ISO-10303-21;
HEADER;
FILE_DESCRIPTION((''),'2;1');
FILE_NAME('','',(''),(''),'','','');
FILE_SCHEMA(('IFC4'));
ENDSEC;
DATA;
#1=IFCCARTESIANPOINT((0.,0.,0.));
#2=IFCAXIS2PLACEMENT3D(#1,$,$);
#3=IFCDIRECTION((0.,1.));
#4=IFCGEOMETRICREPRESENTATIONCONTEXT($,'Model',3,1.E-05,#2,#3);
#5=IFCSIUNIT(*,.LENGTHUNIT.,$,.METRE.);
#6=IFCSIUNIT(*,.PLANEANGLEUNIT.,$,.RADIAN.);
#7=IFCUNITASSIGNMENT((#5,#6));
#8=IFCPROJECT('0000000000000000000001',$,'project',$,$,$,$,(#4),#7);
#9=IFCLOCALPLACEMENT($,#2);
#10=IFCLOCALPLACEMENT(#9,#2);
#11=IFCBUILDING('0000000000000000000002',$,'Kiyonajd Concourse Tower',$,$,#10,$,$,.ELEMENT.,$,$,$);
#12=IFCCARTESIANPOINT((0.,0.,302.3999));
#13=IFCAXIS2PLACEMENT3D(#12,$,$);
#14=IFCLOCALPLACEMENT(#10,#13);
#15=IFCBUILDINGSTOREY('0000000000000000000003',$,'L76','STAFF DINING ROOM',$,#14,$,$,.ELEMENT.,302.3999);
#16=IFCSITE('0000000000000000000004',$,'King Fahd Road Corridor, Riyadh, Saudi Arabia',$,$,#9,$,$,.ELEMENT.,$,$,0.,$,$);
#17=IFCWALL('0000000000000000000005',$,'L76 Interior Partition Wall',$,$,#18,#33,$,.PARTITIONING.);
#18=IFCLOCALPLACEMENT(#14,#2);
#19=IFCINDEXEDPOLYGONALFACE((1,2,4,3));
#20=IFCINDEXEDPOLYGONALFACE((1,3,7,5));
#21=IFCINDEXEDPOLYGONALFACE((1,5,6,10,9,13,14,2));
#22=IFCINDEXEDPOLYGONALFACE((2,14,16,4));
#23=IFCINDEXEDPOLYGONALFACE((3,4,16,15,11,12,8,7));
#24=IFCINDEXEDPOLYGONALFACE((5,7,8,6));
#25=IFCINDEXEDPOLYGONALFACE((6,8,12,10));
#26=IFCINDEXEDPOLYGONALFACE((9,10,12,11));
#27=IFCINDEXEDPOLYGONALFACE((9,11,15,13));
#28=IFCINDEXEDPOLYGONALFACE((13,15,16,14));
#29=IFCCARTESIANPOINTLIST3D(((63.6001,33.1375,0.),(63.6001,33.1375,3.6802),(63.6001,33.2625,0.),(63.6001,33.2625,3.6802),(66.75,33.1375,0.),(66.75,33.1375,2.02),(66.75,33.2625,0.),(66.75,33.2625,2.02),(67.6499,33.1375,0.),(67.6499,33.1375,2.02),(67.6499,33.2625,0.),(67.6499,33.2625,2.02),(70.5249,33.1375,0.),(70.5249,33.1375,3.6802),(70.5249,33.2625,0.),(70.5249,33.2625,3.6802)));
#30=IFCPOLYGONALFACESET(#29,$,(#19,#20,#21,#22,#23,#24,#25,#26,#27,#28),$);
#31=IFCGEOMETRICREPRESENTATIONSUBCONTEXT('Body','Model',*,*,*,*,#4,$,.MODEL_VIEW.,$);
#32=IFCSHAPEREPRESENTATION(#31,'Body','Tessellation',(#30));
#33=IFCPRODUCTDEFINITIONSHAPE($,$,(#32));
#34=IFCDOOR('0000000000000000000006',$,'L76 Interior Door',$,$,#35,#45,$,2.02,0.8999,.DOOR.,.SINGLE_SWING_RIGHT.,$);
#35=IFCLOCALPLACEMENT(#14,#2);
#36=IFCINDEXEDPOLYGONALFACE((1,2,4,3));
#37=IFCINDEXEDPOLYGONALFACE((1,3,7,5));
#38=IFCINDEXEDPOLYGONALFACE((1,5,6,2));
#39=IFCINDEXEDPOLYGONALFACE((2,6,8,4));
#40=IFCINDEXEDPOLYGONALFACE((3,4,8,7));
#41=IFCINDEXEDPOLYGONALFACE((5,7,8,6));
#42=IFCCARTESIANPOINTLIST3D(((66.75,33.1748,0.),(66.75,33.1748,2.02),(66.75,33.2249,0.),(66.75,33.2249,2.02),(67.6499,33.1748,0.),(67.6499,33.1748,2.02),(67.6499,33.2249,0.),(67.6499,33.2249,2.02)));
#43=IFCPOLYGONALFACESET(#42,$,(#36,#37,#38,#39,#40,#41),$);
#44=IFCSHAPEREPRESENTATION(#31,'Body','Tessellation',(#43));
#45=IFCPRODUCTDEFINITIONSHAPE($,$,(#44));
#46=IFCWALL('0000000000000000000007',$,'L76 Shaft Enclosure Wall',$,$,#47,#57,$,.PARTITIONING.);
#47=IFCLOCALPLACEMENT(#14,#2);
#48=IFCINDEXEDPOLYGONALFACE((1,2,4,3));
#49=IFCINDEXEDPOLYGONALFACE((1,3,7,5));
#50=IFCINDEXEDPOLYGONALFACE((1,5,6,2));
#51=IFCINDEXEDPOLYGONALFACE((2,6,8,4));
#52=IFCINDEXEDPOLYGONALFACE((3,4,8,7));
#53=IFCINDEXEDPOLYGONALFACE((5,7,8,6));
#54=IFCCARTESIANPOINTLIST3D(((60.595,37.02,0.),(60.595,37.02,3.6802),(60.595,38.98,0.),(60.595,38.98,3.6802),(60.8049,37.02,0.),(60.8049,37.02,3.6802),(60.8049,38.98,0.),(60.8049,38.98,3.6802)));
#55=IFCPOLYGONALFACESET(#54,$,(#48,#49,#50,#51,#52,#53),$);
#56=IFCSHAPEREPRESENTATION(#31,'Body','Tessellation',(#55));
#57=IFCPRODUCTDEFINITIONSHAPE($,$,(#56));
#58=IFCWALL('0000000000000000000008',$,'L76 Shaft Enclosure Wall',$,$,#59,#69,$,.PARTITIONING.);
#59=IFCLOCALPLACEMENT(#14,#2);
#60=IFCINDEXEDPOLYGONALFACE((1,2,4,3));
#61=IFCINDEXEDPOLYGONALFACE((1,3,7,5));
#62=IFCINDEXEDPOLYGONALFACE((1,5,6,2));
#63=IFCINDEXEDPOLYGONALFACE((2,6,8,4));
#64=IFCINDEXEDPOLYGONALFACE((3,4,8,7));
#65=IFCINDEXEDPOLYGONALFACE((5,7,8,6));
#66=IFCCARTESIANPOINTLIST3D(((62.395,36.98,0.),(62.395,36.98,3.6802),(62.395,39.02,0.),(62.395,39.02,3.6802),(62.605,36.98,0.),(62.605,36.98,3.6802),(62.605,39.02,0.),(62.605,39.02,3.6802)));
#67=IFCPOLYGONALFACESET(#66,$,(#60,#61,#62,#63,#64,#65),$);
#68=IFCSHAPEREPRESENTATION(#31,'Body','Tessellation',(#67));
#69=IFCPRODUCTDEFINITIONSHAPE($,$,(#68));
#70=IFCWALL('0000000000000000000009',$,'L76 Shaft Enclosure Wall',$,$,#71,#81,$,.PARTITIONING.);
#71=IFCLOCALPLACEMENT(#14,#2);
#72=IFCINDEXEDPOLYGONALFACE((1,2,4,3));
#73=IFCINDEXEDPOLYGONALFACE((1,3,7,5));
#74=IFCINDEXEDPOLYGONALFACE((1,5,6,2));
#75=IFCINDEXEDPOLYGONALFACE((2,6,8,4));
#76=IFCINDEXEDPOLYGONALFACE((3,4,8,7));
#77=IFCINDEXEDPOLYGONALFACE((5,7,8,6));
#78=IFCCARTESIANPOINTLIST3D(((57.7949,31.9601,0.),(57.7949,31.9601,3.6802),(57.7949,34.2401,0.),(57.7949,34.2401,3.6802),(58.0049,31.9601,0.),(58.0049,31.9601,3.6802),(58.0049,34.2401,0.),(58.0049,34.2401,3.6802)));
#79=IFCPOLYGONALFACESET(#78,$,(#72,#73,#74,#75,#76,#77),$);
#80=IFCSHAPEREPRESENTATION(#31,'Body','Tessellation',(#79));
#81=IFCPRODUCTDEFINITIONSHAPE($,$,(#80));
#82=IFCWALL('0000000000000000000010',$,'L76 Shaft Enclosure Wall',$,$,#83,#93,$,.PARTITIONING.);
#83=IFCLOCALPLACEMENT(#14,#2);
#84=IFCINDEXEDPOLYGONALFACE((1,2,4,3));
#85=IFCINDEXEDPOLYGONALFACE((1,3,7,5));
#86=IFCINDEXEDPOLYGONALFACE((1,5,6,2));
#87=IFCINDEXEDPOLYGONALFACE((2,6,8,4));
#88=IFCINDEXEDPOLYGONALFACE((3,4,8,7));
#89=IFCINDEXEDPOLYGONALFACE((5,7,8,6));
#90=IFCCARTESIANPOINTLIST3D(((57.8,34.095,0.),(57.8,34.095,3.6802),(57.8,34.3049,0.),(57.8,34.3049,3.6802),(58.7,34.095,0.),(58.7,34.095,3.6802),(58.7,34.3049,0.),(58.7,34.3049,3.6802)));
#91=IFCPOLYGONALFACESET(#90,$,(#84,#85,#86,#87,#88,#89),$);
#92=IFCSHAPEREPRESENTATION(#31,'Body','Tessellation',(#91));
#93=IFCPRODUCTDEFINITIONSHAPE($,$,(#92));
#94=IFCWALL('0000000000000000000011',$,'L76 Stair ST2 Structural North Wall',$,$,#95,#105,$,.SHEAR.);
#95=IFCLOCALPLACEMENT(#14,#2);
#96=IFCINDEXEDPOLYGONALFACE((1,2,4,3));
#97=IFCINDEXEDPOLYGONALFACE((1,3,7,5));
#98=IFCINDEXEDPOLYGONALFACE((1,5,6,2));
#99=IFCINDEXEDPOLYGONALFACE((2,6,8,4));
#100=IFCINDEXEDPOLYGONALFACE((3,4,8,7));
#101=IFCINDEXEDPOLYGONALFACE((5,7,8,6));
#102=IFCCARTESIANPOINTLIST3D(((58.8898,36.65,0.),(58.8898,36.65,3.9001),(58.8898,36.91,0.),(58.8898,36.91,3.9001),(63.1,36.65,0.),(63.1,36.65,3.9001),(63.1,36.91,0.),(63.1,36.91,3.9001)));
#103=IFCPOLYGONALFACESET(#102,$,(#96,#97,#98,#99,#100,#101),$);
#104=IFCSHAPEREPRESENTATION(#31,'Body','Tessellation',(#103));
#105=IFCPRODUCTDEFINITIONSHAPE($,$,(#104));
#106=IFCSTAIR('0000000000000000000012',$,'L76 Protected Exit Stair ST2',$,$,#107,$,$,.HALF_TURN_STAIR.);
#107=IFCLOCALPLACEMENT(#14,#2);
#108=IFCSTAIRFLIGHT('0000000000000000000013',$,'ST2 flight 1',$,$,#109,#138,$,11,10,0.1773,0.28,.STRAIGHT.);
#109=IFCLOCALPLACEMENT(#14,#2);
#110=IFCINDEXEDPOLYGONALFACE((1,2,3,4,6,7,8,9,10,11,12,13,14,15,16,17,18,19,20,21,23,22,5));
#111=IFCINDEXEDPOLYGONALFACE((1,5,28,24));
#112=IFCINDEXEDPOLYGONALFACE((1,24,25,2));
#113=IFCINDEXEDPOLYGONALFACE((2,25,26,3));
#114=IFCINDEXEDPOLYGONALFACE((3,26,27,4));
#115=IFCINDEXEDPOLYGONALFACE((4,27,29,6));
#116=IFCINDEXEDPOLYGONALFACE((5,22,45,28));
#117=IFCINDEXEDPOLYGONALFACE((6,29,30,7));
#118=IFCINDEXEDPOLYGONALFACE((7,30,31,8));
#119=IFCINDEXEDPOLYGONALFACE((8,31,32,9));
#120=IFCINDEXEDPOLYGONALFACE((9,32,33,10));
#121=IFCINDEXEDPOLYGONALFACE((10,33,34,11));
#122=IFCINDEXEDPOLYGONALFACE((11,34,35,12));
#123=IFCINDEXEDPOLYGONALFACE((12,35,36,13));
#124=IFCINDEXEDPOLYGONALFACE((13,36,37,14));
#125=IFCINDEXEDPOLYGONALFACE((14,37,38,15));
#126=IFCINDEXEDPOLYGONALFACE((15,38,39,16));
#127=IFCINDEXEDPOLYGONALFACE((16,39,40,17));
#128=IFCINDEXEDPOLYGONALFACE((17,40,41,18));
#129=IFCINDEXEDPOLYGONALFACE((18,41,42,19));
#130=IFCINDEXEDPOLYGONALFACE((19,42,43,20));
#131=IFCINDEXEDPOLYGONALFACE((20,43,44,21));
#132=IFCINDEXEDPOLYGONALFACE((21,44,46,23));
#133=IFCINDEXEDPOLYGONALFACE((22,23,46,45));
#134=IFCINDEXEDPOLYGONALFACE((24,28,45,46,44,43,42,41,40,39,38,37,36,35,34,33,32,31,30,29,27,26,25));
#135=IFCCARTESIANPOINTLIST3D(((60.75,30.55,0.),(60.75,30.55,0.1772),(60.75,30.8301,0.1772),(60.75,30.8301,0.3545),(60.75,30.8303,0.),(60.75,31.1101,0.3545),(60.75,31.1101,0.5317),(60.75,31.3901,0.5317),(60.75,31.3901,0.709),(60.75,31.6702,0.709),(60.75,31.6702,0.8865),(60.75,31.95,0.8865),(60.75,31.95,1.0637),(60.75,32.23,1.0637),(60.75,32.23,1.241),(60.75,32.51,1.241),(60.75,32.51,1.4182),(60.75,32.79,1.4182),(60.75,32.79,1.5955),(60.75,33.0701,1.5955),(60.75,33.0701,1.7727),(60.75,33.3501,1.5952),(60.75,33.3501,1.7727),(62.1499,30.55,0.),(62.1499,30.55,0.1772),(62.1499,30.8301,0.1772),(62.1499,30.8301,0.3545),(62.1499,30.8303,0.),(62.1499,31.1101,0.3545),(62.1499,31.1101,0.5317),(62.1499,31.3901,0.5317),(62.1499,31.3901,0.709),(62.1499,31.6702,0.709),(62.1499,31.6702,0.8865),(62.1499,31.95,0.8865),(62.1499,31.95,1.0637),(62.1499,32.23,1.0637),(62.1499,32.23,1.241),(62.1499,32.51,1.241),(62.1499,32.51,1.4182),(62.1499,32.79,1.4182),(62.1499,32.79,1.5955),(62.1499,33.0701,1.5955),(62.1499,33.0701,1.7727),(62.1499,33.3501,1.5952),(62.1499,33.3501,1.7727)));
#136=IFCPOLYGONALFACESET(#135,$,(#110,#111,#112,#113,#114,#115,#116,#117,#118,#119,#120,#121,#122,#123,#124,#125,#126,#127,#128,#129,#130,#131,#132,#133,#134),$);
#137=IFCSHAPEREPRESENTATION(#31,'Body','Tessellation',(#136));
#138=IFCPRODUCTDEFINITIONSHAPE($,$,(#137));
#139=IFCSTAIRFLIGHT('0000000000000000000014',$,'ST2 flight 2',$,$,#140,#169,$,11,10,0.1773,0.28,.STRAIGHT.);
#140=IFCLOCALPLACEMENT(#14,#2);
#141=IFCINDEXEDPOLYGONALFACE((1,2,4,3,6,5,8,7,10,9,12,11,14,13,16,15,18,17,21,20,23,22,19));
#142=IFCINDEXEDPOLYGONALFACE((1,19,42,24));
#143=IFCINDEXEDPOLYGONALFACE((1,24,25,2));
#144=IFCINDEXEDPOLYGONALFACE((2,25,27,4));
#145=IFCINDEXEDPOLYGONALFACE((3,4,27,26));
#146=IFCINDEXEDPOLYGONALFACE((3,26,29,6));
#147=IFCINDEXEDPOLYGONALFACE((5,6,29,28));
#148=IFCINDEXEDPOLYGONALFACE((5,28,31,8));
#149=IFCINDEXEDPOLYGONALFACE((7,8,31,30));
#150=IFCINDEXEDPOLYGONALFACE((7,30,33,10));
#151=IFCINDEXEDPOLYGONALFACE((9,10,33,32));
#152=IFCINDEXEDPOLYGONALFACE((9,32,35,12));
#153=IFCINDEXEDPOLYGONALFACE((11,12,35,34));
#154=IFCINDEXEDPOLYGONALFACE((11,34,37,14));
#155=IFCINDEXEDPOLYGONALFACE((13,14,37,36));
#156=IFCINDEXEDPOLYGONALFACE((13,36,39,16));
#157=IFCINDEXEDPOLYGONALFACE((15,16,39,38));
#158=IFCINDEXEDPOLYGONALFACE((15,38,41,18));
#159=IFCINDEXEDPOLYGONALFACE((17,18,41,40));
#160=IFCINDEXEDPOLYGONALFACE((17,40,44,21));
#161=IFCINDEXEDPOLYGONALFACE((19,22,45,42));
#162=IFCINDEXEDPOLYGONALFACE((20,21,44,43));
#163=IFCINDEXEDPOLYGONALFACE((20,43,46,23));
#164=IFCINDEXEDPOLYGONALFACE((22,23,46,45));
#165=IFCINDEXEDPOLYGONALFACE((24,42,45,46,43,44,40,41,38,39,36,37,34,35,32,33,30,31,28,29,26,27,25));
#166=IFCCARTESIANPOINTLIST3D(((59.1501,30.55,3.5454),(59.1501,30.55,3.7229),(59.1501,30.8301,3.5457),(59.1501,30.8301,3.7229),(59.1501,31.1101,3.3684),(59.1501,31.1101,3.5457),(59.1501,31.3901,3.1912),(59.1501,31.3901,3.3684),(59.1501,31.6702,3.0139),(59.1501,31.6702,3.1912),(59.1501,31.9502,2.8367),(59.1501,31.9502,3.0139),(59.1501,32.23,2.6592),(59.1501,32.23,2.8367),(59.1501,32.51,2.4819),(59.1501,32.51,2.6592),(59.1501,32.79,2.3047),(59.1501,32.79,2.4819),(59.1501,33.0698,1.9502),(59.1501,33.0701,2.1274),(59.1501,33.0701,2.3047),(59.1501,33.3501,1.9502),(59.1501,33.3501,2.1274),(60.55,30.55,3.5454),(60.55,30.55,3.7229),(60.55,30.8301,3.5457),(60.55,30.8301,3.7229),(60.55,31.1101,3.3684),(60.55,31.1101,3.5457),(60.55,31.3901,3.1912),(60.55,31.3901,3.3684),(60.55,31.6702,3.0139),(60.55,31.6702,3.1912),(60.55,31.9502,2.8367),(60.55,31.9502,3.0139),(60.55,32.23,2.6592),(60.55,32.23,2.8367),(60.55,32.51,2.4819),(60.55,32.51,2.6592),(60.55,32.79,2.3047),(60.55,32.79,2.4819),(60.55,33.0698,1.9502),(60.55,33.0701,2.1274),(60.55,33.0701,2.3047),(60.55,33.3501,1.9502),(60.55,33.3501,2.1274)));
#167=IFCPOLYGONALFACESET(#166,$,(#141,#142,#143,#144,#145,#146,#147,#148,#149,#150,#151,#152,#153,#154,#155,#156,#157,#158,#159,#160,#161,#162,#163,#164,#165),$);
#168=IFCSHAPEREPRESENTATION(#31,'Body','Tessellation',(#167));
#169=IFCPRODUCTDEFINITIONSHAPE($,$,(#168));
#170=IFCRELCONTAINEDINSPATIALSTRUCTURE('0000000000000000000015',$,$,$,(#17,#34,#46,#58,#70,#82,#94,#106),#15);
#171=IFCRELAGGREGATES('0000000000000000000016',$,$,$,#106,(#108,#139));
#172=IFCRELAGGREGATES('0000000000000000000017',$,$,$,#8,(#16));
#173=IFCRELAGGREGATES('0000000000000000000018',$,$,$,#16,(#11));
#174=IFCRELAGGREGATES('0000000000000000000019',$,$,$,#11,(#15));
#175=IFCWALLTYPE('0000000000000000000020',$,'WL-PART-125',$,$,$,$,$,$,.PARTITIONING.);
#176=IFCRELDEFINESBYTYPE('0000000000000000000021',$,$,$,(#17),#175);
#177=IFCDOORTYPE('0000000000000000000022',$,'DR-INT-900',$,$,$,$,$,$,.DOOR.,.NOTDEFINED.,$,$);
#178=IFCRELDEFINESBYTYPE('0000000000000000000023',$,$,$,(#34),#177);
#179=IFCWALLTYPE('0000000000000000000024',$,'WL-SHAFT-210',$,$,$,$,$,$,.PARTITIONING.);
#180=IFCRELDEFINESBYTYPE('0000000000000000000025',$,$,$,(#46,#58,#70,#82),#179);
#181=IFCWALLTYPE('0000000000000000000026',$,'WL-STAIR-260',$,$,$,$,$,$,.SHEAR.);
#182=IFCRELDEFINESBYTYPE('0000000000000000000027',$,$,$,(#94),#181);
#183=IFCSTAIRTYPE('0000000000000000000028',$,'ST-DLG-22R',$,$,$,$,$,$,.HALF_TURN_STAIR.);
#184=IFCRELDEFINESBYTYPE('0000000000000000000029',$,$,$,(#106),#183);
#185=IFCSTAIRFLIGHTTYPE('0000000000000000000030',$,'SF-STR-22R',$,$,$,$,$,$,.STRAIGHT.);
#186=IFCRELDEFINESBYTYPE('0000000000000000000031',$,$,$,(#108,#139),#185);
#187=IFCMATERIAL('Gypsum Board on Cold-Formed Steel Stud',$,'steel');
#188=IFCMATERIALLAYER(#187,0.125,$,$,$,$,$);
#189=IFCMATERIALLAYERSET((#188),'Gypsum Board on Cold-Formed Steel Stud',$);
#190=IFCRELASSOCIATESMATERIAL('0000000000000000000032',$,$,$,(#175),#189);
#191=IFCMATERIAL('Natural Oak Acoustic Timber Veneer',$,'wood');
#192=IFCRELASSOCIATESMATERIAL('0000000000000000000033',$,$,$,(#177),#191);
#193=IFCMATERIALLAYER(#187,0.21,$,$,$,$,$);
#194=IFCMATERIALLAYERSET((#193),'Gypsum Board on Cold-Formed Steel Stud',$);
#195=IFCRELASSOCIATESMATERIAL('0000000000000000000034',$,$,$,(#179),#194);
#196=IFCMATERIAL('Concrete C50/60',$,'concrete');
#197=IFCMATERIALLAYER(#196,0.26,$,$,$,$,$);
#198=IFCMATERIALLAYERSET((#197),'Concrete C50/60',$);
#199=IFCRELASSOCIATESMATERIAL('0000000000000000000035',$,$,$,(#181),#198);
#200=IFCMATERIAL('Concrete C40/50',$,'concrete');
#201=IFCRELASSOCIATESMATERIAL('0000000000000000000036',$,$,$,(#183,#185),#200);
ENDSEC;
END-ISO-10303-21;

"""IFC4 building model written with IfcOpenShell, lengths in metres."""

from ifc_helpers import new_model, si_unit, direction, frame, frame_2d, origin, place, context, subcontext, project, spatial, polyline, rectangle, outline, extrude, material, layer, layer_set, type_object, element, fill, aggregate, save


model = new_model("IFC4")

# Units and contexts
model_context = context("Model", 3, precision=1e-05, world=origin(), true_north=direction((0.0, 1.0)))
body_context = subcontext(model_context, "Body", "Model", "MODEL_VIEW")
ifc_project = project(units=[si_unit("LENGTHUNIT", "METRE"), si_unit("PLANEANGLEUNIT", "RADIAN")], contexts=[model_context])

# Site, building, storey
site_placement = place(None, origin())
site = spatial("IfcSite", under=ifc_project, at=site_placement, Name="King Fahd Road Corridor, Riyadh, Saudi Arabia", CompositionType="ELEMENT", RefElevation=0.0)
building_placement = place(site_placement, origin())
building = spatial("IfcBuilding", under=site, at=building_placement, Name="Kiyonajd Concourse Tower", CompositionType="ELEMENT")
storey_placement = place(building_placement, frame((0.0, 0.0, 302.3999)))
storey = spatial("IfcBuildingStorey", under=building, at=storey_placement, Name="L76", Description="STAFF DINING ROOM", CompositionType="ELEMENT", Elevation=302.3999)

# Shared definitions
ifc_material_1 = material(Name="Concrete C50/60", Category="concrete")

# Wall, opening, door
ifc_material_2 = material(Name="Gypsum Board on Cold-Formed Steel Stud", Category="steel")
ifc_layer_1 = layer(ifc_material_2, 0.125)
ifc_layer_set_1 = layer_set([ifc_layer_1], Name="Gypsum Board on Cold-Formed Steel Stud")
wall_type_1 = type_object("IfcWallType", Name="WL-PART-125", PredefinedType="PARTITIONING", material=ifc_layer_set_1)
wall_1_placement = place(storey_placement, frame((63.6001, 33.2, 0.0), z_axis=(0.0, 0.0, 1.0), x_axis=(1.0, 0.0, 0.0)))
wall_1 = element("IfcWall", 1, at=wall_1_placement, inside=storey, type_object=wall_type_1, Name="L76 Interior Partition Wall", PredefinedType="PARTITIONING", context=body_context, shape_type="SweptSolid", body=[
    extrude(rectangle(XDim=6.9248, YDim=0.125, at=frame_2d((3.4624, 0.0))), origin(), (0.0, 0.0, 1.0), 3.6802),
])
opening_1_placement = place(wall_1_placement, frame((3.1499, 0.0, 0.0)))
opening_1 = element("IfcOpeningElement", 2, at=opening_1_placement, cuts=wall_1, PredefinedType="OPENING", context=body_context, shape_type="SweptSolid", body=[
    extrude(rectangle(XDim=0.8999, YDim=2.02, at=frame_2d((0.45, 1.01))), frame((0.0, 0.0725, 0.0), z_axis=(0.0, -1.0, 0.0), x_axis=(1.0, 0.0, 0.0)), (0.0, 0.0, 1.0), 0.145),
])
ifc_material_3 = material(Name="Natural Oak Acoustic Timber Veneer", Category="wood")
door_type = type_object("IfcDoorType", Name="DR-INT-900", OperationType="NOTDEFINED", PredefinedType="DOOR", material=ifc_material_3)
door_placement = place(opening_1_placement, origin())
door = element("IfcDoor", 3, at=door_placement, inside=storey, type_object=door_type, Name="L76 Interior Door", OperationType="SINGLE_SWING_RIGHT", OverallHeight=2.02, OverallWidth=0.8999, PredefinedType="DOOR", context=body_context, shape_type="SweptSolid", body=[
    extrude(rectangle(XDim=0.8999, YDim=2.02, at=frame_2d((0.45, 1.01))), frame((0.0, 0.0249, 0.0), z_axis=(0.0, -1.0, 0.0), x_axis=(1.0, 0.0, 0.0)), (0.0, 0.0, 1.0), 0.05),
])
fill(opening_1, door)

# Walls
ifc_layer_2 = layer(ifc_material_2, 0.21)
ifc_layer_set_2 = layer_set([ifc_layer_2], Name="Gypsum Board on Cold-Formed Steel Stud")
wall_type_2 = type_object("IfcWallType", Name="WL-SHAFT-210", PredefinedType="PARTITIONING", material=ifc_layer_set_2)
wall_2_placement = place(storey_placement, frame((60.7, 37.02, 0.0), z_axis=(0.0, 0.0, 1.0), x_axis=(0.0, 1.0, 0.0)))
element("IfcWall", 4, at=wall_2_placement, inside=storey, type_object=wall_type_2, Name="L76 Shaft Enclosure Wall", PredefinedType="PARTITIONING", context=body_context, shape_type="SweptSolid", body=[
    extrude(rectangle(XDim=1.96, YDim=0.21, at=frame_2d((0.98, 0.0))), origin(), (0.0, 0.0, 1.0), 3.6802),
])
wall_3_placement = place(storey_placement, frame((62.5, 36.98, 0.0), z_axis=(0.0, 0.0, 1.0), x_axis=(0.0, 1.0, 0.0)))
element("IfcWall", 5, at=wall_3_placement, inside=storey, type_object=wall_type_2, Name="L76 Shaft Enclosure Wall", PredefinedType="PARTITIONING", context=body_context, shape_type="SweptSolid", body=[
    extrude(rectangle(XDim=2.04, YDim=0.21, at=frame_2d((1.02, 0.0))), origin(), (0.0, 0.0, 1.0), 3.6802),
])
wall_4_placement = place(storey_placement, frame((57.8999, 31.96, 0.0), z_axis=(0.0, 0.0, 1.0), x_axis=(0.0, 1.0, 0.0)))
element("IfcWall", 6, at=wall_4_placement, inside=storey, type_object=wall_type_2, Name="L76 Shaft Enclosure Wall", PredefinedType="PARTITIONING", context=body_context, shape_type="SweptSolid", body=[
    extrude(rectangle(XDim=2.28, YDim=0.21, at=frame_2d((1.1401, 0.0))), origin(), (0.0, 0.0, 1.0), 3.6802),
])
wall_5_placement = place(storey_placement, frame((57.8, 34.2, 0.0), z_axis=(0.0, 0.0, 1.0), x_axis=(1.0, 0.0, 0.0)))
element("IfcWall", 7, at=wall_5_placement, inside=storey, type_object=wall_type_2, Name="L76 Shaft Enclosure Wall", PredefinedType="PARTITIONING", context=body_context, shape_type="SweptSolid", body=[
    extrude(rectangle(XDim=0.8999, YDim=0.21, at=frame_2d((0.45, 0.0))), origin(), (0.0, 0.0, 1.0), 3.6802),
])
ifc_layer_3 = layer(ifc_material_1, 0.26)
ifc_layer_set_3 = layer_set([ifc_layer_3], Name="Concrete C50/60")
wall_type_3 = type_object("IfcWallType", Name="WL-STAIR-260", PredefinedType="SHEAR", material=ifc_layer_set_3)
wall_6_placement = place(storey_placement, frame((58.8899, 36.78, 0.0), z_axis=(0.0, 0.0, 1.0), x_axis=(1.0, 0.0, 0.0)))
element("IfcWall", 8, at=wall_6_placement, inside=storey, type_object=wall_type_3, Name="L76 Stair ST2 Structural North Wall", PredefinedType="SHEAR", context=body_context, shape_type="SweptSolid", body=[
    extrude(rectangle(XDim=4.2102, YDim=0.26, at=frame_2d((2.105, 0.0))), origin(), (0.0, 0.0, 1.0), 3.9001),
])

# Stair, stair flights
ifc_material_4 = material(Name="Concrete C40/50", Category="concrete")
stair_type = type_object("IfcStairType", Name="ST-DLG-22R", PredefinedType="HALF_TURN_STAIR", material=ifc_material_4)
stair_placement = place(storey_placement, origin())
stair = element("IfcStair", 9, at=stair_placement, inside=storey, type_object=stair_type, Name="L76 Protected Exit Stair ST2", PredefinedType="HALF_TURN_STAIR")
stair_flight_type = type_object("IfcStairFlightType", Name="SF-STR-22R", PredefinedType="STRAIGHT", material=ifc_material_4)
stair_flight_1_placement = place(storey_placement, frame((61.45, 30.55, 0.0), z_axis=(0.0, 0.0, 1.0), x_axis=(0.0, 1.0, 0.0)))
stair_flight_1 = element("IfcStairFlight", 10, at=stair_flight_1_placement, type_object=stair_flight_type, Name="ST2 flight 1", NumberOfRisers=11, NumberOfTreads=10, PredefinedType="STRAIGHT", RiserHeight=0.1773, TreadLength=0.28, context=body_context, shape_type="SweptSolid", body=[
    extrude(outline(polyline([(0.0, 0.0), (0.0, 0.1772), (0.28, 0.1772), (0.28, 0.3545), (0.5601, 0.3545), (0.5601, 0.5317), (0.8401, 0.5317), (0.8401, 0.709), (1.1201, 0.709), (1.1201, 0.8865), (1.3999, 0.8865), (1.3999, 1.0637), (1.6799, 1.0637), (1.6799, 1.241), (1.96, 1.241), (1.96, 1.4182), (2.24, 1.4182), (2.24, 1.5955), (2.52, 1.5955), (2.52, 1.7727), (2.8, 1.7727), (2.8, 1.95), (2.8, 1.5952), (0.2803, 0.0), (0.0, 0.0)])), frame((0.0, 0.7, 0.0), z_axis=(0.0, -1.0, 0.0), x_axis=(1.0, 0.0, 0.0)), (0.0, 0.0, 1.0), 1.3999),
])
stair_flight_2_placement = place(storey_placement, frame((59.8501, 33.3501, 1.9502), z_axis=(0.0, 0.0, 1.0), x_axis=(0.0, -1.0, 0.0)))
stair_flight_2 = element("IfcStairFlight", 11, at=stair_flight_2_placement, type_object=stair_flight_type, Name="ST2 flight 2", NumberOfRisers=11, NumberOfTreads=10, PredefinedType="STRAIGHT", RiserHeight=0.1773, TreadLength=0.28, context=body_context, shape_type="SweptSolid", body=[
    extrude(outline(polyline([(0.0, 0.0), (0.0, 0.1772), (0.28, 0.1772), (0.28, 0.3545), (0.5601, 0.3545), (0.5601, 0.5317), (0.8401, 0.5317), (0.8401, 0.709), (1.1201, 0.709), (1.1201, 0.8865), (1.3999, 0.8865), (1.3999, 1.0637), (1.6799, 1.0637), (1.6799, 1.241), (1.96, 1.241), (1.96, 1.4182), (2.24, 1.4182), (2.24, 1.5955), (2.52, 1.5955), (2.52, 1.7727), (2.8, 1.7727), (2.8, 1.95), (2.8, 1.5952), (0.2803, 0.0), (0.0, 0.0)])), frame((0.0, 0.7, 0.0), z_axis=(0.0, -1.0, 0.0), x_axis=(1.0, 0.0, 0.0)), (0.0, 0.0, 1.0), 1.3999),
])
aggregate(stair, [stair_flight_1, stair_flight_2])

save(model, "model.ifc")
